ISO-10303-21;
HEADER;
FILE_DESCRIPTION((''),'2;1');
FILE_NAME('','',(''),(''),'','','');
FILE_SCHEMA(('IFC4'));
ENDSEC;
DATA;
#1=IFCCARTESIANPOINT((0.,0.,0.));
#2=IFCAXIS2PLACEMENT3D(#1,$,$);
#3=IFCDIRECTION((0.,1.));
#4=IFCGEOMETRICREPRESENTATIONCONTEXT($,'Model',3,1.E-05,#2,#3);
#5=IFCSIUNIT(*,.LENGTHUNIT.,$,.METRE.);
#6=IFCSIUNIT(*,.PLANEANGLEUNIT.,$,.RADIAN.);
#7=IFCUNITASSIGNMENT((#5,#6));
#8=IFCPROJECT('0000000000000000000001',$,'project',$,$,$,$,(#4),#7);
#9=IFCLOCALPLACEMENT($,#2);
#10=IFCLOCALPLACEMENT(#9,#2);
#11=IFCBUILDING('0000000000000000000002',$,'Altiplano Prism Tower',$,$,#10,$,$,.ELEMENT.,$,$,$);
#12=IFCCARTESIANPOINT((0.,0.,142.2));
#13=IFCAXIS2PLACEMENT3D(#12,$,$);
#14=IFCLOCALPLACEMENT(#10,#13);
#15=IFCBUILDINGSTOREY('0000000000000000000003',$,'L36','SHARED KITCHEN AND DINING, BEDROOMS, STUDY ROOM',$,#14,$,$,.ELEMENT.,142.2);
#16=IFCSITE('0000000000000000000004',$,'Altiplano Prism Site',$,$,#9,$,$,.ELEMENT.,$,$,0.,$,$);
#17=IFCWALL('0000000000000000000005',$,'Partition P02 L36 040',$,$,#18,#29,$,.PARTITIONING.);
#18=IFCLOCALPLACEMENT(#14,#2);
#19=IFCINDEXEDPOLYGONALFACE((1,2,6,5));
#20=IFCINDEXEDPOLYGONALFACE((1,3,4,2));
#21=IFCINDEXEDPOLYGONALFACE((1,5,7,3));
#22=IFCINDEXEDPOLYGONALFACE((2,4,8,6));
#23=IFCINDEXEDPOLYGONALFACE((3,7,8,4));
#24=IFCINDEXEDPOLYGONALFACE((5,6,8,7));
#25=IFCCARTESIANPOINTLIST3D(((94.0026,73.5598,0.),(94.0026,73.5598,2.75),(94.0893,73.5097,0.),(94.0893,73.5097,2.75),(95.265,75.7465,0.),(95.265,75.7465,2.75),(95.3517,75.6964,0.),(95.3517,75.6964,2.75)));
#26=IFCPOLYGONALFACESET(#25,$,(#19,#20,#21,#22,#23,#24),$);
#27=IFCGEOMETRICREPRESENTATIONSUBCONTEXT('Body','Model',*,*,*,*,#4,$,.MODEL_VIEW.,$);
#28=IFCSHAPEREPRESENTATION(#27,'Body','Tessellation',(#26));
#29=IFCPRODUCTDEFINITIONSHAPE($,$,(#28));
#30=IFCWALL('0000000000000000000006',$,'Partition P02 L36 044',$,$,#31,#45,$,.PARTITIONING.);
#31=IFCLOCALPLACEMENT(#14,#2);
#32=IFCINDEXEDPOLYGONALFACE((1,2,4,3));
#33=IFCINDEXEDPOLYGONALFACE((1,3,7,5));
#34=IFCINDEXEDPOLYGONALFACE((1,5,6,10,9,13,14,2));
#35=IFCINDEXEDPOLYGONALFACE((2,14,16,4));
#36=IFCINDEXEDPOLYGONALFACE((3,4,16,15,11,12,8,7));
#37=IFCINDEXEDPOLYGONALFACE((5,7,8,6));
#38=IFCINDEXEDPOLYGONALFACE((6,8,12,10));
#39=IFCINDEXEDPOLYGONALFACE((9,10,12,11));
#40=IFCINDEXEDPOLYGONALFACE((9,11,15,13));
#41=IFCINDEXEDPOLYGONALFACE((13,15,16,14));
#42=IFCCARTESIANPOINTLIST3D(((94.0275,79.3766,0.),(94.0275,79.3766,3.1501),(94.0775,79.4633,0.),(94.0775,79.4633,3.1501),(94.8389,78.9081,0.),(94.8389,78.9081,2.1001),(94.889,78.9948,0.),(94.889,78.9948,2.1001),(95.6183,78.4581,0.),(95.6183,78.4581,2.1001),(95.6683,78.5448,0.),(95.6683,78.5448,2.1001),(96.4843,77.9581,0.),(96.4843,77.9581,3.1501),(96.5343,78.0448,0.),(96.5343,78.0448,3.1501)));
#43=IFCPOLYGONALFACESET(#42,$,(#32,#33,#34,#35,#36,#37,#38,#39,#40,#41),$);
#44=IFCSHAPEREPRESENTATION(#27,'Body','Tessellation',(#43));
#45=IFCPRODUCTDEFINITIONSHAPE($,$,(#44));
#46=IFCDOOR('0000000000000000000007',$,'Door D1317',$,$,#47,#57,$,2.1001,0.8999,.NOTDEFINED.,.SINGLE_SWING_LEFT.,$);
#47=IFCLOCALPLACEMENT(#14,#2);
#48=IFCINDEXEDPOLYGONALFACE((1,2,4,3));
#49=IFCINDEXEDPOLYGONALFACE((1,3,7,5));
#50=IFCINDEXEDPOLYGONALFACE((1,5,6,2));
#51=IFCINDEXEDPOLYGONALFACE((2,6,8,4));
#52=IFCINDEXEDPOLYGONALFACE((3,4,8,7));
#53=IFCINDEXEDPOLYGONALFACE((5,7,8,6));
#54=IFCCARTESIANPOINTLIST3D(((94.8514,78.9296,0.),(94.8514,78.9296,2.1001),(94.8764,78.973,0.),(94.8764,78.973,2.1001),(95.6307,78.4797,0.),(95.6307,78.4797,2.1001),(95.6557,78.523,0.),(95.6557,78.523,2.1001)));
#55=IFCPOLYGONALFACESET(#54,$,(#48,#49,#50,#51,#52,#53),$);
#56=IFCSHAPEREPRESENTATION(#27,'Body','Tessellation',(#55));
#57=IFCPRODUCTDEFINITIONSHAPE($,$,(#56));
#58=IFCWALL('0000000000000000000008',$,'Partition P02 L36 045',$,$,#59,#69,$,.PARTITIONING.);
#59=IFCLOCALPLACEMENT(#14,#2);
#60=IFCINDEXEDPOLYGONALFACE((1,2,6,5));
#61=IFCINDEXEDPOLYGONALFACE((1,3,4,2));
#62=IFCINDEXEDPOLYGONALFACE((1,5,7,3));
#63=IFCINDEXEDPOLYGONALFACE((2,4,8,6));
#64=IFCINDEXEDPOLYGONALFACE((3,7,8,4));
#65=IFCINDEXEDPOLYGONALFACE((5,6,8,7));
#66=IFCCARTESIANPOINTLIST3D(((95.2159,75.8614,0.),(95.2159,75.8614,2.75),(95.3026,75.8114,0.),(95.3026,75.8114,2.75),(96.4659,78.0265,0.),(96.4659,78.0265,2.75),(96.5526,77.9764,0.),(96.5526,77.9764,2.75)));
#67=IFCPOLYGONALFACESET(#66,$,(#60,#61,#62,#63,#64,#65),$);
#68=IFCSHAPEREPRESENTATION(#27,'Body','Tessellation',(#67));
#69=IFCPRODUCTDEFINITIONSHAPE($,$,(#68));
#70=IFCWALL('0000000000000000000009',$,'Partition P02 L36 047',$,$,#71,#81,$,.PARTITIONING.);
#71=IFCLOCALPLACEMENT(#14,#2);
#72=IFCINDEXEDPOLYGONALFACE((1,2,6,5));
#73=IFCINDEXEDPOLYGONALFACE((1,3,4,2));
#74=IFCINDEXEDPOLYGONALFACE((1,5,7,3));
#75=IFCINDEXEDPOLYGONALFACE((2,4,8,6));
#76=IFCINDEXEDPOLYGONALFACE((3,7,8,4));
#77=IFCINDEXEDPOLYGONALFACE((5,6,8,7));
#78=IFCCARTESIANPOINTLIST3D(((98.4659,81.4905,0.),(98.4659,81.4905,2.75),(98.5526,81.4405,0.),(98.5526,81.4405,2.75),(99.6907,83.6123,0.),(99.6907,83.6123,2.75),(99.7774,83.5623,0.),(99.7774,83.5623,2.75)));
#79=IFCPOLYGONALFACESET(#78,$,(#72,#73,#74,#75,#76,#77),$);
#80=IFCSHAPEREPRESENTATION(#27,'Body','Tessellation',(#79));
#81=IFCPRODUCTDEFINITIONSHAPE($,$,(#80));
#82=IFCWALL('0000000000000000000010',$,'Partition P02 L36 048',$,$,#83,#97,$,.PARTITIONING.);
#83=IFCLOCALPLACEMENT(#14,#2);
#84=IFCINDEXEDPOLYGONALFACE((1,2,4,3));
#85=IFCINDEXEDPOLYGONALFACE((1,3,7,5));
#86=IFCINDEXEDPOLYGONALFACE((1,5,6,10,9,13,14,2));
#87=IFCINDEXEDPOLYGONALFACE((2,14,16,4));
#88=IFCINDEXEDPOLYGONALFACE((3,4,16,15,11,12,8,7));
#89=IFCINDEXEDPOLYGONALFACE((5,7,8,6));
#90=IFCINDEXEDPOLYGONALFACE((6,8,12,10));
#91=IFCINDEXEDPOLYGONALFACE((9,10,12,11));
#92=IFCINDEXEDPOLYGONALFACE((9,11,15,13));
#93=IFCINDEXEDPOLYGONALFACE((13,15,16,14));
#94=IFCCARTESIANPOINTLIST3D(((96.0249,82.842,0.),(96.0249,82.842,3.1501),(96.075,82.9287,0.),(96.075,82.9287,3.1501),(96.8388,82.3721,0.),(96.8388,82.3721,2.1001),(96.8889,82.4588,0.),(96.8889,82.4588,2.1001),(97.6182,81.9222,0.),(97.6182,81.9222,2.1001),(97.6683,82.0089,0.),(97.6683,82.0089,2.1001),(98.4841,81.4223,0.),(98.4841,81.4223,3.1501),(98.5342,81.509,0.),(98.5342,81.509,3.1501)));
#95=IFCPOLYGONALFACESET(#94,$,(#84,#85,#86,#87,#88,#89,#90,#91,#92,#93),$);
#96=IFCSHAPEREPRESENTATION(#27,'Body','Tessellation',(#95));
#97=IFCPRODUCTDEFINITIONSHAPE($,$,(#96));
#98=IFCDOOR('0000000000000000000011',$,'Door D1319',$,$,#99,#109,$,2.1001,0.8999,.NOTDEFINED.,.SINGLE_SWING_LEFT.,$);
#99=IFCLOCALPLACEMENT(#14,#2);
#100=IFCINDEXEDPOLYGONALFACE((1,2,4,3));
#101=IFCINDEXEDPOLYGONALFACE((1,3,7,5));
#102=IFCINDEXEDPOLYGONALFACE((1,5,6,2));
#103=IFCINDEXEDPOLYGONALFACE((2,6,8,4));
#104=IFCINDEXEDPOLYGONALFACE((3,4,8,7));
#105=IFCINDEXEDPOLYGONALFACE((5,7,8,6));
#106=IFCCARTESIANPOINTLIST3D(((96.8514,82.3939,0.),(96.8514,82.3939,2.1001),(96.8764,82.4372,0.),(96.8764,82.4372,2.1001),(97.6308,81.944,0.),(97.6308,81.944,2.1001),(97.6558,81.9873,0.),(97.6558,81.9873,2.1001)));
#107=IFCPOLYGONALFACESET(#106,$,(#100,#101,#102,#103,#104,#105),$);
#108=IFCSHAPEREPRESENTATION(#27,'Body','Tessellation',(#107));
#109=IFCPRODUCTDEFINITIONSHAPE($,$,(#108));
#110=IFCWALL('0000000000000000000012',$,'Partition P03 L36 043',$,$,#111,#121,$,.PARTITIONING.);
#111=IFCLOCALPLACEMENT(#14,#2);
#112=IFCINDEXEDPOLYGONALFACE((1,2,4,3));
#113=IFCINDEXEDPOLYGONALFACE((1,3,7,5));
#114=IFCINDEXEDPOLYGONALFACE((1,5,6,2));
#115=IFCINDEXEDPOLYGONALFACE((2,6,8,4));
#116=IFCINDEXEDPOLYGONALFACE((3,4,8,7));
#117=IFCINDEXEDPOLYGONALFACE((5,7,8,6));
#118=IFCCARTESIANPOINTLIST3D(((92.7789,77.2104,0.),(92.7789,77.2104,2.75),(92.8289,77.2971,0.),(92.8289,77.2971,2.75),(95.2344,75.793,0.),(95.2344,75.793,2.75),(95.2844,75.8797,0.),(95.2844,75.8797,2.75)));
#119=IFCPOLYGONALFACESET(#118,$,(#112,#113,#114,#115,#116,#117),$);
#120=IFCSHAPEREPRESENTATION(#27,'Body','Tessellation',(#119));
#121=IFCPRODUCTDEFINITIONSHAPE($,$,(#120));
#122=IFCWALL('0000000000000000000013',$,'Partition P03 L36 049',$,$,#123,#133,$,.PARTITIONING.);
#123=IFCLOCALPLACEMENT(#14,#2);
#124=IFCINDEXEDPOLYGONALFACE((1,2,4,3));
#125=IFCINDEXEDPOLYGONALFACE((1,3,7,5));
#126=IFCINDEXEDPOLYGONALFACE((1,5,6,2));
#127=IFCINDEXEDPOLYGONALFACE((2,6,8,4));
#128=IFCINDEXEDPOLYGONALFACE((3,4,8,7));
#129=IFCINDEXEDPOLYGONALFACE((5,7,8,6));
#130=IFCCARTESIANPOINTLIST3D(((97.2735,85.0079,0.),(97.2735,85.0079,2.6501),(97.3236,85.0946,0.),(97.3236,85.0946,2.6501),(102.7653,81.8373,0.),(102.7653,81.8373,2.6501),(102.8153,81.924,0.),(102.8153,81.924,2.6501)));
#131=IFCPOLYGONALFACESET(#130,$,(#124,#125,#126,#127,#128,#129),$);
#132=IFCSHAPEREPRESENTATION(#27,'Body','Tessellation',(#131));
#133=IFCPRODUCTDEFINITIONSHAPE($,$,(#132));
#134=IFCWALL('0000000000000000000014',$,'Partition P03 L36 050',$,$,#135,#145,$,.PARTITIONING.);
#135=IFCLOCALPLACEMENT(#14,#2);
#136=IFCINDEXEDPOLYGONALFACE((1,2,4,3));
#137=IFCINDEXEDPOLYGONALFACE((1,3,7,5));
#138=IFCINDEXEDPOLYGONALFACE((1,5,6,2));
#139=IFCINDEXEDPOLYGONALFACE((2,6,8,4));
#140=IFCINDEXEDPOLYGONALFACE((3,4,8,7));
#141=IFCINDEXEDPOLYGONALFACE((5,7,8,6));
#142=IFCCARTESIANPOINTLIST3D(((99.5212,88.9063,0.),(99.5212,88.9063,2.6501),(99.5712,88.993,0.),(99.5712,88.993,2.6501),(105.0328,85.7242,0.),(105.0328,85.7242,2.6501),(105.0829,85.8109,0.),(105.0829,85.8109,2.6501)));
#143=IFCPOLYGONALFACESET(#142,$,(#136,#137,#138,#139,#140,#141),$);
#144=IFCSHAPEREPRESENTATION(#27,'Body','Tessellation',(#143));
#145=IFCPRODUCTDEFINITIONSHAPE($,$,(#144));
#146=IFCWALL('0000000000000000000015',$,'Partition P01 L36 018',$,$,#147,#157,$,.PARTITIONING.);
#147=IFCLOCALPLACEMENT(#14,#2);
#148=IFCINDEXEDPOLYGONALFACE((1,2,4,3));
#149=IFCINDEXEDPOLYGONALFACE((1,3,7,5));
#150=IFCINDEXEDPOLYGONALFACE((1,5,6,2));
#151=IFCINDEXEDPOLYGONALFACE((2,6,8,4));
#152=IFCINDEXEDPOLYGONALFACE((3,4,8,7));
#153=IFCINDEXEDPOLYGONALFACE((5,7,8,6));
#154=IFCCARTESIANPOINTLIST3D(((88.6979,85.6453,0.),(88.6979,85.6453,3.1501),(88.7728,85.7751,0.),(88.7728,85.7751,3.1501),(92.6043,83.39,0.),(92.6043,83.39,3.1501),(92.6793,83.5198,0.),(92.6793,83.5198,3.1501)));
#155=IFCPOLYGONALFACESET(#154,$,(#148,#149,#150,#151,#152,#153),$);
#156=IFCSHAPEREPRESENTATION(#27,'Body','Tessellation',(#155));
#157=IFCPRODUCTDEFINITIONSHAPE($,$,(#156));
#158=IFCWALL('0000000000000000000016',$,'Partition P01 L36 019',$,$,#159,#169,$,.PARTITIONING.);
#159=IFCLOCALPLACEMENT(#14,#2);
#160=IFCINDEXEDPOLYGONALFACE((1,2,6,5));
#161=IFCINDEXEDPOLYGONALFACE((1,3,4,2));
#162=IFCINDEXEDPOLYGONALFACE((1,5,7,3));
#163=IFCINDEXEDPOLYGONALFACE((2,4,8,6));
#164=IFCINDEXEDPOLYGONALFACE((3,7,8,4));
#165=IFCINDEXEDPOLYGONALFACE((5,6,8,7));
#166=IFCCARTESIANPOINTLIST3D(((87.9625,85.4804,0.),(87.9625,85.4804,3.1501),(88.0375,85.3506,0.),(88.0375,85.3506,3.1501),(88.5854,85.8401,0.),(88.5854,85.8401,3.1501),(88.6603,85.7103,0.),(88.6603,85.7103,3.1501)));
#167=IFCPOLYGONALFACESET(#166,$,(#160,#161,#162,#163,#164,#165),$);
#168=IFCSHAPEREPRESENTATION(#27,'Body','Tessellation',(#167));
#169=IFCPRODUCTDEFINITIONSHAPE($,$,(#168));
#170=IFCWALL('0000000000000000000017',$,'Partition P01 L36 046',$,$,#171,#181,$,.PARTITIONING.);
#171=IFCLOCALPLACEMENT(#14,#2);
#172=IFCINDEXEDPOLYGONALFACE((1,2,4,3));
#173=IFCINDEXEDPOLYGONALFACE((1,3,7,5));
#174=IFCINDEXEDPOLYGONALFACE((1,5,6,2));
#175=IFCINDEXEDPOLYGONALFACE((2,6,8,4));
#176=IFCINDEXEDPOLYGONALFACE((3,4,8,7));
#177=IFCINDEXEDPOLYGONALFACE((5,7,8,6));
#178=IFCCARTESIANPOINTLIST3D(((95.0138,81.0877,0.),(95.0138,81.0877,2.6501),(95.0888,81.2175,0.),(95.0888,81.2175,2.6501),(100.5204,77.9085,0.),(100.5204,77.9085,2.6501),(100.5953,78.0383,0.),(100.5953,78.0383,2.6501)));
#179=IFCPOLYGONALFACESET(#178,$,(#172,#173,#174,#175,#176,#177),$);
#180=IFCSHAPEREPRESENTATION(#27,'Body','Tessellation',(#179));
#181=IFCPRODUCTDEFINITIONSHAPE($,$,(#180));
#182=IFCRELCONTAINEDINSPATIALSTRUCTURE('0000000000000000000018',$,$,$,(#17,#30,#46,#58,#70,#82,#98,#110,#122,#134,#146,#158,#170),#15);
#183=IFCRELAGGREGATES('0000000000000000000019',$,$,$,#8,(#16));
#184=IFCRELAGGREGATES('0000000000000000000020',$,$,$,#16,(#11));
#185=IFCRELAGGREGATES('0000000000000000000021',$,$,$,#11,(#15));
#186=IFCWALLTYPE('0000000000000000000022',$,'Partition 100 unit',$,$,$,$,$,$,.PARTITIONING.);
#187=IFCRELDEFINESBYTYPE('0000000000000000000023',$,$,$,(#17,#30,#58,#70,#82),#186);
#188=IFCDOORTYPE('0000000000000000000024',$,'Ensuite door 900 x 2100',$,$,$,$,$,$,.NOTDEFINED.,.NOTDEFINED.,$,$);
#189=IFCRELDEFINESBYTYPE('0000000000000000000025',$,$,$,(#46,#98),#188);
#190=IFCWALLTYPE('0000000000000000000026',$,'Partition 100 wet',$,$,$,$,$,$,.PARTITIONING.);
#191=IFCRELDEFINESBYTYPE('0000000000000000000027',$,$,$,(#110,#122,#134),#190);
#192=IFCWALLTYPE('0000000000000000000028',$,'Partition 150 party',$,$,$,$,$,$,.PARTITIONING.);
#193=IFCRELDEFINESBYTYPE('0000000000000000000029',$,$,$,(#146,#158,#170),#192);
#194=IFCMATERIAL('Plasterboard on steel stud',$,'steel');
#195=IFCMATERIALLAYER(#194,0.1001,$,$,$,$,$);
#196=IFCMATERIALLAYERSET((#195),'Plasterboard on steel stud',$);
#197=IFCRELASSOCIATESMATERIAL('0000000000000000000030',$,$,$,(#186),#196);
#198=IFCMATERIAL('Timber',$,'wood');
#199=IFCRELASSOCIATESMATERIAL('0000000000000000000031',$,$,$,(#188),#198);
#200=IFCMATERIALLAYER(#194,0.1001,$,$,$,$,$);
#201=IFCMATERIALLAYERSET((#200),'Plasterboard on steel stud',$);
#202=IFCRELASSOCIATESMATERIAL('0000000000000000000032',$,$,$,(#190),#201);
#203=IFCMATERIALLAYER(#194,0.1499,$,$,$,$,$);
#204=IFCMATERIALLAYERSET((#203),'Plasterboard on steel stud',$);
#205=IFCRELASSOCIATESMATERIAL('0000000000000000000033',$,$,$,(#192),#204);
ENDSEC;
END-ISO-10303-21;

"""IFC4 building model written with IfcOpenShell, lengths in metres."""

from ifc_helpers import new_model, si_unit, direction, frame, frame_2d, origin, place, context, subcontext, project, spatial, rectangle, extrude, material, layer, layer_set, type_object, element, fill, save


model = new_model("IFC4")

# Units and contexts
model_context = context("Model", 3, precision=1e-05, world=origin(), true_north=direction((0.0, 1.0)))
body_context = subcontext(model_context, "Body", "Model", "MODEL_VIEW")
ifc_project = project(units=[si_unit("LENGTHUNIT", "METRE"), si_unit("PLANEANGLEUNIT", "RADIAN")], contexts=[model_context])

# Site, building, storey
site_placement = place(None, origin())
site = spatial("IfcSite", under=ifc_project, at=site_placement, Name="Altiplano Prism Site", CompositionType="ELEMENT", RefElevation=0.0)
building_placement = place(site_placement, origin())
building = spatial("IfcBuilding", under=site, at=building_placement, Name="Altiplano Prism Tower", CompositionType="ELEMENT")
storey_placement = place(building_placement, frame((0.0, 0.0, 142.2)))
storey = spatial("IfcBuildingStorey", under=building, at=storey_placement, Name="L36", Description="SHARED KITCHEN AND DINING, BEDROOMS, STUDY ROOM", CompositionType="ELEMENT", Elevation=142.2)

# Wall
ifc_material_1 = material(Name="Plasterboard on steel stud", Category="steel")
ifc_layer_1 = layer(ifc_material_1, 0.1001)
ifc_layer_set_1 = layer_set([ifc_layer_1], Name="Plasterboard on steel stud")
wall_type_1 = type_object("IfcWallType", Name="Partition 100 unit", PredefinedType="PARTITIONING", material=ifc_layer_set_1)
wall_1_placement = place(storey_placement, frame((95.3083, 75.7214, 0.0), z_axis=(0.0, 0.0, 1.0), x_axis=(-0.499976, -0.866039, 0.0)))
element("IfcWall", 1, at=wall_1_placement, inside=storey, type_object=wall_type_1, Name="Partition P02 L36 040", PredefinedType="PARTITIONING", context=body_context, shape_type="SweptSolid", body=[
    extrude(rectangle(XDim=2.5249, YDim=0.1001, at=frame_2d((1.2625, 0.0))), origin(), (0.0, 0.0, 1.0), 2.75),
])

# Wall, opening, door
wall_2_placement = place(storey_placement, frame((94.0525, 79.4199, 0.0), z_axis=(0.0, 0.0, 1.0), x_axis=(0.866021, -0.500008, 0.0)))
wall_2 = element("IfcWall", 2, at=wall_2_placement, inside=storey, type_object=wall_type_1, Name="Partition P02 L36 044", PredefinedType="PARTITIONING", context=body_context, shape_type="SweptSolid", body=[
    extrude(rectangle(XDim=2.8369, YDim=0.1001, at=frame_2d((1.4185, 0.0))), origin(), (0.0, 0.0, 1.0), 3.1501),
])
opening_1_placement = place(wall_2_placement, frame((0.937, 0.0, 0.0)))
opening_1 = element("IfcOpeningElement", 3, at=opening_1_placement, cuts=wall_2, PredefinedType="OPENING", context=body_context, shape_type="SweptSolid", body=[
    extrude(rectangle(XDim=0.8999, YDim=2.1001, at=frame_2d((0.45, 1.05))), frame((0.0, 0.0605, 0.0), z_axis=(0.0, -1.0, 0.0), x_axis=(1.0, 0.0, 0.0)), (0.0, 0.0, 1.0), 0.1211),
])
ifc_material_2 = material(Name="Timber", Category="wood")
door_type = type_object("IfcDoorType", Name="Ensuite door 900 x 2100", OperationType="NOTDEFINED", PredefinedType="NOTDEFINED", material=ifc_material_2)
door_1_placement = place(opening_1_placement, origin())
door_1 = element("IfcDoor", 4, at=door_1_placement, inside=storey, type_object=door_type, Name="Door D1317", OperationType="SINGLE_SWING_LEFT", OverallHeight=2.1001, OverallWidth=0.8999, PredefinedType="NOTDEFINED", context=body_context, shape_type="SweptSolid", body=[
    extrude(rectangle(XDim=0.8999, YDim=2.1001, at=frame_2d((0.45, 1.05))), frame((0.0, 0.0249, 0.0), z_axis=(0.0, -1.0, 0.0), x_axis=(1.0, 0.0, 0.0)), (0.0, 0.0, 1.0), 0.05),
])
fill(opening_1, door_1)

# Walls
wall_3_placement = place(storey_placement, frame((96.5093, 78.0015, 0.0), z_axis=(0.0, 0.0, 1.0), x_axis=(-0.500004, -0.866023, 0.0)))
element("IfcWall", 5, at=wall_3_placement, inside=storey, type_object=wall_type_1, Name="Partition P02 L36 045", PredefinedType="PARTITIONING", context=body_context, shape_type="SweptSolid", body=[
    extrude(rectangle(XDim=2.5, YDim=0.1001, at=frame_2d((1.25, 0.0))), origin(), (0.0, 0.0, 1.0), 2.75),
])
wall_4_placement = place(storey_placement, frame((99.7341, 83.5874, 0.0), z_axis=(0.0, 0.0, 1.0), x_axis=(-0.499944, -0.866058, 0.0)))
element("IfcWall", 6, at=wall_4_placement, inside=storey, type_object=wall_type_1, Name="Partition P02 L36 047", PredefinedType="PARTITIONING", context=body_context, shape_type="SweptSolid", body=[
    extrude(rectangle(XDim=2.45, YDim=0.1001, at=frame_2d((1.2251, 0.0))), origin(), (0.0, 0.0, 1.0), 2.75),
])

# Wall, opening, door
wall_5_placement = place(storey_placement, frame((98.5093, 81.4656, 0.0), z_axis=(0.0, 0.0, 1.0), x_axis=(-0.86605, 0.499958, 0.0)))
wall_5 = element("IfcWall", 7, at=wall_5_placement, inside=storey, type_object=wall_type_1, Name="Partition P02 L36 048", PredefinedType="PARTITIONING", context=body_context, shape_type="SweptSolid", body=[
    extrude(rectangle(XDim=2.8396, YDim=0.1001, at=frame_2d((1.4199, 0.0))), origin(), (0.0, 0.0, 1.0), 3.1501),
])
opening_2_placement = place(wall_5_placement, frame((1.0, 0.0, 0.0)))
opening_2 = element("IfcOpeningElement", 8, at=opening_2_placement, cuts=wall_5, PredefinedType="OPENING", context=body_context, shape_type="SweptSolid", body=[
    extrude(rectangle(XDim=0.8999, YDim=2.1001, at=frame_2d((0.45, 1.05))), frame((0.0, 0.0605, 0.0), z_axis=(0.0, -1.0, 0.0), x_axis=(1.0, 0.0, 0.0)), (0.0, 0.0, 1.0), 0.1211),
])
door_2_placement = place(opening_2_placement, origin())
door_2 = element("IfcDoor", 9, at=door_2_placement, inside=storey, type_object=door_type, Name="Door D1319", OperationType="SINGLE_SWING_LEFT", OverallHeight=2.1001, OverallWidth=0.8999, PredefinedType="NOTDEFINED", context=body_context, shape_type="SweptSolid", body=[
    extrude(rectangle(XDim=0.8999, YDim=2.1001, at=frame_2d((0.45, 1.05))), frame((0.0, 0.0249, 0.0), z_axis=(0.0, -1.0, 0.0), x_axis=(1.0, 0.0, 0.0)), (0.0, 0.0, 1.0), 0.05),
])
fill(opening_2, door_2)

# Walls
ifc_layer_2 = layer(ifc_material_1, 0.1001)
ifc_layer_set_2 = layer_set([ifc_layer_2], Name="Plasterboard on steel stud")
wall_type_2 = type_object("IfcWallType", Name="Partition 100 wet", PredefinedType="PARTITIONING", material=ifc_layer_set_2)
wall_6_placement = place(storey_placement, frame((95.2593, 75.8364, 0.0), z_axis=(0.0, 0.0, 1.0), x_axis=(-0.866062, 0.499936, 0.0)))
element("IfcWall", 10, at=wall_6_placement, inside=storey, type_object=wall_type_2, Name="Partition P03 L36 043", PredefinedType="PARTITIONING", context=body_context, shape_type="SweptSolid", body=[
    extrude(rectangle(XDim=2.8352, YDim=0.1001, at=frame_2d((1.4175, 0.0))), origin(), (0.0, 0.0, 1.0), 2.75),
])
wall_7_placement = place(storey_placement, frame((102.7903, 81.8806, 0.0), z_axis=(0.0, 0.0, 1.0), x_axis=(-0.866024, 0.500002, 0.0)))
element("IfcWall", 11, at=wall_7_placement, inside=storey, type_object=wall_type_2, Name="Partition P03 L36 049", PredefinedType="PARTITIONING", context=body_context, shape_type="SweptSolid", body=[
    extrude(rectangle(XDim=6.3413, YDim=0.1001, at=frame_2d((3.1707, 0.0))), origin(), (0.0, 0.0, 1.0), 2.6501),
])
wall_8_placement = place(storey_placement, frame((105.0579, 85.7676, 0.0), z_axis=(0.0, 0.0, 1.0), x_axis=(-0.86603, 0.499993, 0.0)))
element("IfcWall", 12, at=wall_8_placement, inside=storey, type_object=wall_type_2, Name="Partition P03 L36 050", PredefinedType="PARTITIONING", context=body_context, shape_type="SweptSolid", body=[
    extrude(rectangle(XDim=6.3643, YDim=0.1001, at=frame_2d((3.1821, 0.0))), origin(), (0.0, 0.0, 1.0), 2.6501),
])
ifc_layer_3 = layer(ifc_material_1, 0.1499)
ifc_layer_set_3 = layer_set([ifc_layer_3], Name="Plasterboard on steel stud")
wall_type_3 = type_object("IfcWallType", Name="Partition 150 party", PredefinedType="PARTITIONING", material=ifc_layer_set_3)
wall_9_placement = place(storey_placement, frame((88.7354, 85.7102, 0.0), z_axis=(0.0, 0.0, 1.0), x_axis=(0.86603, -0.499993, 0.0)))
element("IfcWall", 13, at=wall_9_placement, inside=storey, type_object=wall_type_3, Name="Partition P01 L36 018", PredefinedType="PARTITIONING", context=body_context, shape_type="SweptSolid", body=[
    extrude(rectangle(XDim=4.5107, YDim=0.1499, at=frame_2d((2.2554, 0.0))), origin(), (0.0, 0.0, 1.0), 3.1501),
])
wall_10_placement = place(storey_placement, frame((88.0, 85.4155, 0.0), z_axis=(0.0, 0.0, 1.0), x_axis=(0.865999, 0.500046, 0.0)))
element("IfcWall", 14, at=wall_10_placement, inside=storey, type_object=wall_type_3, Name="Partition P01 L36 019", PredefinedType="PARTITIONING", context=body_context, shape_type="SweptSolid", body=[
    extrude(rectangle(XDim=0.7192, YDim=0.1499, at=frame_2d((0.3596, 0.0))), origin(), (0.0, 0.0, 1.0), 3.1501),
])
wall_11_placement = place(storey_placement, frame((100.5579, 77.9734, 0.0), z_axis=(0.0, 0.0, 1.0), x_axis=(-0.866028, 0.499996, 0.0)))
element("IfcWall", 15, at=wall_11_placement, inside=storey, type_object=wall_type_3, Name="Partition P01 L36 046", PredefinedType="PARTITIONING", context=body_context, shape_type="SweptSolid", body=[
    extrude(rectangle(XDim=6.3584, YDim=0.1499, at=frame_2d((3.1792, 0.0))), origin(), (0.0, 0.0, 1.0), 2.6501),
])

save(model, "model.ifc")
